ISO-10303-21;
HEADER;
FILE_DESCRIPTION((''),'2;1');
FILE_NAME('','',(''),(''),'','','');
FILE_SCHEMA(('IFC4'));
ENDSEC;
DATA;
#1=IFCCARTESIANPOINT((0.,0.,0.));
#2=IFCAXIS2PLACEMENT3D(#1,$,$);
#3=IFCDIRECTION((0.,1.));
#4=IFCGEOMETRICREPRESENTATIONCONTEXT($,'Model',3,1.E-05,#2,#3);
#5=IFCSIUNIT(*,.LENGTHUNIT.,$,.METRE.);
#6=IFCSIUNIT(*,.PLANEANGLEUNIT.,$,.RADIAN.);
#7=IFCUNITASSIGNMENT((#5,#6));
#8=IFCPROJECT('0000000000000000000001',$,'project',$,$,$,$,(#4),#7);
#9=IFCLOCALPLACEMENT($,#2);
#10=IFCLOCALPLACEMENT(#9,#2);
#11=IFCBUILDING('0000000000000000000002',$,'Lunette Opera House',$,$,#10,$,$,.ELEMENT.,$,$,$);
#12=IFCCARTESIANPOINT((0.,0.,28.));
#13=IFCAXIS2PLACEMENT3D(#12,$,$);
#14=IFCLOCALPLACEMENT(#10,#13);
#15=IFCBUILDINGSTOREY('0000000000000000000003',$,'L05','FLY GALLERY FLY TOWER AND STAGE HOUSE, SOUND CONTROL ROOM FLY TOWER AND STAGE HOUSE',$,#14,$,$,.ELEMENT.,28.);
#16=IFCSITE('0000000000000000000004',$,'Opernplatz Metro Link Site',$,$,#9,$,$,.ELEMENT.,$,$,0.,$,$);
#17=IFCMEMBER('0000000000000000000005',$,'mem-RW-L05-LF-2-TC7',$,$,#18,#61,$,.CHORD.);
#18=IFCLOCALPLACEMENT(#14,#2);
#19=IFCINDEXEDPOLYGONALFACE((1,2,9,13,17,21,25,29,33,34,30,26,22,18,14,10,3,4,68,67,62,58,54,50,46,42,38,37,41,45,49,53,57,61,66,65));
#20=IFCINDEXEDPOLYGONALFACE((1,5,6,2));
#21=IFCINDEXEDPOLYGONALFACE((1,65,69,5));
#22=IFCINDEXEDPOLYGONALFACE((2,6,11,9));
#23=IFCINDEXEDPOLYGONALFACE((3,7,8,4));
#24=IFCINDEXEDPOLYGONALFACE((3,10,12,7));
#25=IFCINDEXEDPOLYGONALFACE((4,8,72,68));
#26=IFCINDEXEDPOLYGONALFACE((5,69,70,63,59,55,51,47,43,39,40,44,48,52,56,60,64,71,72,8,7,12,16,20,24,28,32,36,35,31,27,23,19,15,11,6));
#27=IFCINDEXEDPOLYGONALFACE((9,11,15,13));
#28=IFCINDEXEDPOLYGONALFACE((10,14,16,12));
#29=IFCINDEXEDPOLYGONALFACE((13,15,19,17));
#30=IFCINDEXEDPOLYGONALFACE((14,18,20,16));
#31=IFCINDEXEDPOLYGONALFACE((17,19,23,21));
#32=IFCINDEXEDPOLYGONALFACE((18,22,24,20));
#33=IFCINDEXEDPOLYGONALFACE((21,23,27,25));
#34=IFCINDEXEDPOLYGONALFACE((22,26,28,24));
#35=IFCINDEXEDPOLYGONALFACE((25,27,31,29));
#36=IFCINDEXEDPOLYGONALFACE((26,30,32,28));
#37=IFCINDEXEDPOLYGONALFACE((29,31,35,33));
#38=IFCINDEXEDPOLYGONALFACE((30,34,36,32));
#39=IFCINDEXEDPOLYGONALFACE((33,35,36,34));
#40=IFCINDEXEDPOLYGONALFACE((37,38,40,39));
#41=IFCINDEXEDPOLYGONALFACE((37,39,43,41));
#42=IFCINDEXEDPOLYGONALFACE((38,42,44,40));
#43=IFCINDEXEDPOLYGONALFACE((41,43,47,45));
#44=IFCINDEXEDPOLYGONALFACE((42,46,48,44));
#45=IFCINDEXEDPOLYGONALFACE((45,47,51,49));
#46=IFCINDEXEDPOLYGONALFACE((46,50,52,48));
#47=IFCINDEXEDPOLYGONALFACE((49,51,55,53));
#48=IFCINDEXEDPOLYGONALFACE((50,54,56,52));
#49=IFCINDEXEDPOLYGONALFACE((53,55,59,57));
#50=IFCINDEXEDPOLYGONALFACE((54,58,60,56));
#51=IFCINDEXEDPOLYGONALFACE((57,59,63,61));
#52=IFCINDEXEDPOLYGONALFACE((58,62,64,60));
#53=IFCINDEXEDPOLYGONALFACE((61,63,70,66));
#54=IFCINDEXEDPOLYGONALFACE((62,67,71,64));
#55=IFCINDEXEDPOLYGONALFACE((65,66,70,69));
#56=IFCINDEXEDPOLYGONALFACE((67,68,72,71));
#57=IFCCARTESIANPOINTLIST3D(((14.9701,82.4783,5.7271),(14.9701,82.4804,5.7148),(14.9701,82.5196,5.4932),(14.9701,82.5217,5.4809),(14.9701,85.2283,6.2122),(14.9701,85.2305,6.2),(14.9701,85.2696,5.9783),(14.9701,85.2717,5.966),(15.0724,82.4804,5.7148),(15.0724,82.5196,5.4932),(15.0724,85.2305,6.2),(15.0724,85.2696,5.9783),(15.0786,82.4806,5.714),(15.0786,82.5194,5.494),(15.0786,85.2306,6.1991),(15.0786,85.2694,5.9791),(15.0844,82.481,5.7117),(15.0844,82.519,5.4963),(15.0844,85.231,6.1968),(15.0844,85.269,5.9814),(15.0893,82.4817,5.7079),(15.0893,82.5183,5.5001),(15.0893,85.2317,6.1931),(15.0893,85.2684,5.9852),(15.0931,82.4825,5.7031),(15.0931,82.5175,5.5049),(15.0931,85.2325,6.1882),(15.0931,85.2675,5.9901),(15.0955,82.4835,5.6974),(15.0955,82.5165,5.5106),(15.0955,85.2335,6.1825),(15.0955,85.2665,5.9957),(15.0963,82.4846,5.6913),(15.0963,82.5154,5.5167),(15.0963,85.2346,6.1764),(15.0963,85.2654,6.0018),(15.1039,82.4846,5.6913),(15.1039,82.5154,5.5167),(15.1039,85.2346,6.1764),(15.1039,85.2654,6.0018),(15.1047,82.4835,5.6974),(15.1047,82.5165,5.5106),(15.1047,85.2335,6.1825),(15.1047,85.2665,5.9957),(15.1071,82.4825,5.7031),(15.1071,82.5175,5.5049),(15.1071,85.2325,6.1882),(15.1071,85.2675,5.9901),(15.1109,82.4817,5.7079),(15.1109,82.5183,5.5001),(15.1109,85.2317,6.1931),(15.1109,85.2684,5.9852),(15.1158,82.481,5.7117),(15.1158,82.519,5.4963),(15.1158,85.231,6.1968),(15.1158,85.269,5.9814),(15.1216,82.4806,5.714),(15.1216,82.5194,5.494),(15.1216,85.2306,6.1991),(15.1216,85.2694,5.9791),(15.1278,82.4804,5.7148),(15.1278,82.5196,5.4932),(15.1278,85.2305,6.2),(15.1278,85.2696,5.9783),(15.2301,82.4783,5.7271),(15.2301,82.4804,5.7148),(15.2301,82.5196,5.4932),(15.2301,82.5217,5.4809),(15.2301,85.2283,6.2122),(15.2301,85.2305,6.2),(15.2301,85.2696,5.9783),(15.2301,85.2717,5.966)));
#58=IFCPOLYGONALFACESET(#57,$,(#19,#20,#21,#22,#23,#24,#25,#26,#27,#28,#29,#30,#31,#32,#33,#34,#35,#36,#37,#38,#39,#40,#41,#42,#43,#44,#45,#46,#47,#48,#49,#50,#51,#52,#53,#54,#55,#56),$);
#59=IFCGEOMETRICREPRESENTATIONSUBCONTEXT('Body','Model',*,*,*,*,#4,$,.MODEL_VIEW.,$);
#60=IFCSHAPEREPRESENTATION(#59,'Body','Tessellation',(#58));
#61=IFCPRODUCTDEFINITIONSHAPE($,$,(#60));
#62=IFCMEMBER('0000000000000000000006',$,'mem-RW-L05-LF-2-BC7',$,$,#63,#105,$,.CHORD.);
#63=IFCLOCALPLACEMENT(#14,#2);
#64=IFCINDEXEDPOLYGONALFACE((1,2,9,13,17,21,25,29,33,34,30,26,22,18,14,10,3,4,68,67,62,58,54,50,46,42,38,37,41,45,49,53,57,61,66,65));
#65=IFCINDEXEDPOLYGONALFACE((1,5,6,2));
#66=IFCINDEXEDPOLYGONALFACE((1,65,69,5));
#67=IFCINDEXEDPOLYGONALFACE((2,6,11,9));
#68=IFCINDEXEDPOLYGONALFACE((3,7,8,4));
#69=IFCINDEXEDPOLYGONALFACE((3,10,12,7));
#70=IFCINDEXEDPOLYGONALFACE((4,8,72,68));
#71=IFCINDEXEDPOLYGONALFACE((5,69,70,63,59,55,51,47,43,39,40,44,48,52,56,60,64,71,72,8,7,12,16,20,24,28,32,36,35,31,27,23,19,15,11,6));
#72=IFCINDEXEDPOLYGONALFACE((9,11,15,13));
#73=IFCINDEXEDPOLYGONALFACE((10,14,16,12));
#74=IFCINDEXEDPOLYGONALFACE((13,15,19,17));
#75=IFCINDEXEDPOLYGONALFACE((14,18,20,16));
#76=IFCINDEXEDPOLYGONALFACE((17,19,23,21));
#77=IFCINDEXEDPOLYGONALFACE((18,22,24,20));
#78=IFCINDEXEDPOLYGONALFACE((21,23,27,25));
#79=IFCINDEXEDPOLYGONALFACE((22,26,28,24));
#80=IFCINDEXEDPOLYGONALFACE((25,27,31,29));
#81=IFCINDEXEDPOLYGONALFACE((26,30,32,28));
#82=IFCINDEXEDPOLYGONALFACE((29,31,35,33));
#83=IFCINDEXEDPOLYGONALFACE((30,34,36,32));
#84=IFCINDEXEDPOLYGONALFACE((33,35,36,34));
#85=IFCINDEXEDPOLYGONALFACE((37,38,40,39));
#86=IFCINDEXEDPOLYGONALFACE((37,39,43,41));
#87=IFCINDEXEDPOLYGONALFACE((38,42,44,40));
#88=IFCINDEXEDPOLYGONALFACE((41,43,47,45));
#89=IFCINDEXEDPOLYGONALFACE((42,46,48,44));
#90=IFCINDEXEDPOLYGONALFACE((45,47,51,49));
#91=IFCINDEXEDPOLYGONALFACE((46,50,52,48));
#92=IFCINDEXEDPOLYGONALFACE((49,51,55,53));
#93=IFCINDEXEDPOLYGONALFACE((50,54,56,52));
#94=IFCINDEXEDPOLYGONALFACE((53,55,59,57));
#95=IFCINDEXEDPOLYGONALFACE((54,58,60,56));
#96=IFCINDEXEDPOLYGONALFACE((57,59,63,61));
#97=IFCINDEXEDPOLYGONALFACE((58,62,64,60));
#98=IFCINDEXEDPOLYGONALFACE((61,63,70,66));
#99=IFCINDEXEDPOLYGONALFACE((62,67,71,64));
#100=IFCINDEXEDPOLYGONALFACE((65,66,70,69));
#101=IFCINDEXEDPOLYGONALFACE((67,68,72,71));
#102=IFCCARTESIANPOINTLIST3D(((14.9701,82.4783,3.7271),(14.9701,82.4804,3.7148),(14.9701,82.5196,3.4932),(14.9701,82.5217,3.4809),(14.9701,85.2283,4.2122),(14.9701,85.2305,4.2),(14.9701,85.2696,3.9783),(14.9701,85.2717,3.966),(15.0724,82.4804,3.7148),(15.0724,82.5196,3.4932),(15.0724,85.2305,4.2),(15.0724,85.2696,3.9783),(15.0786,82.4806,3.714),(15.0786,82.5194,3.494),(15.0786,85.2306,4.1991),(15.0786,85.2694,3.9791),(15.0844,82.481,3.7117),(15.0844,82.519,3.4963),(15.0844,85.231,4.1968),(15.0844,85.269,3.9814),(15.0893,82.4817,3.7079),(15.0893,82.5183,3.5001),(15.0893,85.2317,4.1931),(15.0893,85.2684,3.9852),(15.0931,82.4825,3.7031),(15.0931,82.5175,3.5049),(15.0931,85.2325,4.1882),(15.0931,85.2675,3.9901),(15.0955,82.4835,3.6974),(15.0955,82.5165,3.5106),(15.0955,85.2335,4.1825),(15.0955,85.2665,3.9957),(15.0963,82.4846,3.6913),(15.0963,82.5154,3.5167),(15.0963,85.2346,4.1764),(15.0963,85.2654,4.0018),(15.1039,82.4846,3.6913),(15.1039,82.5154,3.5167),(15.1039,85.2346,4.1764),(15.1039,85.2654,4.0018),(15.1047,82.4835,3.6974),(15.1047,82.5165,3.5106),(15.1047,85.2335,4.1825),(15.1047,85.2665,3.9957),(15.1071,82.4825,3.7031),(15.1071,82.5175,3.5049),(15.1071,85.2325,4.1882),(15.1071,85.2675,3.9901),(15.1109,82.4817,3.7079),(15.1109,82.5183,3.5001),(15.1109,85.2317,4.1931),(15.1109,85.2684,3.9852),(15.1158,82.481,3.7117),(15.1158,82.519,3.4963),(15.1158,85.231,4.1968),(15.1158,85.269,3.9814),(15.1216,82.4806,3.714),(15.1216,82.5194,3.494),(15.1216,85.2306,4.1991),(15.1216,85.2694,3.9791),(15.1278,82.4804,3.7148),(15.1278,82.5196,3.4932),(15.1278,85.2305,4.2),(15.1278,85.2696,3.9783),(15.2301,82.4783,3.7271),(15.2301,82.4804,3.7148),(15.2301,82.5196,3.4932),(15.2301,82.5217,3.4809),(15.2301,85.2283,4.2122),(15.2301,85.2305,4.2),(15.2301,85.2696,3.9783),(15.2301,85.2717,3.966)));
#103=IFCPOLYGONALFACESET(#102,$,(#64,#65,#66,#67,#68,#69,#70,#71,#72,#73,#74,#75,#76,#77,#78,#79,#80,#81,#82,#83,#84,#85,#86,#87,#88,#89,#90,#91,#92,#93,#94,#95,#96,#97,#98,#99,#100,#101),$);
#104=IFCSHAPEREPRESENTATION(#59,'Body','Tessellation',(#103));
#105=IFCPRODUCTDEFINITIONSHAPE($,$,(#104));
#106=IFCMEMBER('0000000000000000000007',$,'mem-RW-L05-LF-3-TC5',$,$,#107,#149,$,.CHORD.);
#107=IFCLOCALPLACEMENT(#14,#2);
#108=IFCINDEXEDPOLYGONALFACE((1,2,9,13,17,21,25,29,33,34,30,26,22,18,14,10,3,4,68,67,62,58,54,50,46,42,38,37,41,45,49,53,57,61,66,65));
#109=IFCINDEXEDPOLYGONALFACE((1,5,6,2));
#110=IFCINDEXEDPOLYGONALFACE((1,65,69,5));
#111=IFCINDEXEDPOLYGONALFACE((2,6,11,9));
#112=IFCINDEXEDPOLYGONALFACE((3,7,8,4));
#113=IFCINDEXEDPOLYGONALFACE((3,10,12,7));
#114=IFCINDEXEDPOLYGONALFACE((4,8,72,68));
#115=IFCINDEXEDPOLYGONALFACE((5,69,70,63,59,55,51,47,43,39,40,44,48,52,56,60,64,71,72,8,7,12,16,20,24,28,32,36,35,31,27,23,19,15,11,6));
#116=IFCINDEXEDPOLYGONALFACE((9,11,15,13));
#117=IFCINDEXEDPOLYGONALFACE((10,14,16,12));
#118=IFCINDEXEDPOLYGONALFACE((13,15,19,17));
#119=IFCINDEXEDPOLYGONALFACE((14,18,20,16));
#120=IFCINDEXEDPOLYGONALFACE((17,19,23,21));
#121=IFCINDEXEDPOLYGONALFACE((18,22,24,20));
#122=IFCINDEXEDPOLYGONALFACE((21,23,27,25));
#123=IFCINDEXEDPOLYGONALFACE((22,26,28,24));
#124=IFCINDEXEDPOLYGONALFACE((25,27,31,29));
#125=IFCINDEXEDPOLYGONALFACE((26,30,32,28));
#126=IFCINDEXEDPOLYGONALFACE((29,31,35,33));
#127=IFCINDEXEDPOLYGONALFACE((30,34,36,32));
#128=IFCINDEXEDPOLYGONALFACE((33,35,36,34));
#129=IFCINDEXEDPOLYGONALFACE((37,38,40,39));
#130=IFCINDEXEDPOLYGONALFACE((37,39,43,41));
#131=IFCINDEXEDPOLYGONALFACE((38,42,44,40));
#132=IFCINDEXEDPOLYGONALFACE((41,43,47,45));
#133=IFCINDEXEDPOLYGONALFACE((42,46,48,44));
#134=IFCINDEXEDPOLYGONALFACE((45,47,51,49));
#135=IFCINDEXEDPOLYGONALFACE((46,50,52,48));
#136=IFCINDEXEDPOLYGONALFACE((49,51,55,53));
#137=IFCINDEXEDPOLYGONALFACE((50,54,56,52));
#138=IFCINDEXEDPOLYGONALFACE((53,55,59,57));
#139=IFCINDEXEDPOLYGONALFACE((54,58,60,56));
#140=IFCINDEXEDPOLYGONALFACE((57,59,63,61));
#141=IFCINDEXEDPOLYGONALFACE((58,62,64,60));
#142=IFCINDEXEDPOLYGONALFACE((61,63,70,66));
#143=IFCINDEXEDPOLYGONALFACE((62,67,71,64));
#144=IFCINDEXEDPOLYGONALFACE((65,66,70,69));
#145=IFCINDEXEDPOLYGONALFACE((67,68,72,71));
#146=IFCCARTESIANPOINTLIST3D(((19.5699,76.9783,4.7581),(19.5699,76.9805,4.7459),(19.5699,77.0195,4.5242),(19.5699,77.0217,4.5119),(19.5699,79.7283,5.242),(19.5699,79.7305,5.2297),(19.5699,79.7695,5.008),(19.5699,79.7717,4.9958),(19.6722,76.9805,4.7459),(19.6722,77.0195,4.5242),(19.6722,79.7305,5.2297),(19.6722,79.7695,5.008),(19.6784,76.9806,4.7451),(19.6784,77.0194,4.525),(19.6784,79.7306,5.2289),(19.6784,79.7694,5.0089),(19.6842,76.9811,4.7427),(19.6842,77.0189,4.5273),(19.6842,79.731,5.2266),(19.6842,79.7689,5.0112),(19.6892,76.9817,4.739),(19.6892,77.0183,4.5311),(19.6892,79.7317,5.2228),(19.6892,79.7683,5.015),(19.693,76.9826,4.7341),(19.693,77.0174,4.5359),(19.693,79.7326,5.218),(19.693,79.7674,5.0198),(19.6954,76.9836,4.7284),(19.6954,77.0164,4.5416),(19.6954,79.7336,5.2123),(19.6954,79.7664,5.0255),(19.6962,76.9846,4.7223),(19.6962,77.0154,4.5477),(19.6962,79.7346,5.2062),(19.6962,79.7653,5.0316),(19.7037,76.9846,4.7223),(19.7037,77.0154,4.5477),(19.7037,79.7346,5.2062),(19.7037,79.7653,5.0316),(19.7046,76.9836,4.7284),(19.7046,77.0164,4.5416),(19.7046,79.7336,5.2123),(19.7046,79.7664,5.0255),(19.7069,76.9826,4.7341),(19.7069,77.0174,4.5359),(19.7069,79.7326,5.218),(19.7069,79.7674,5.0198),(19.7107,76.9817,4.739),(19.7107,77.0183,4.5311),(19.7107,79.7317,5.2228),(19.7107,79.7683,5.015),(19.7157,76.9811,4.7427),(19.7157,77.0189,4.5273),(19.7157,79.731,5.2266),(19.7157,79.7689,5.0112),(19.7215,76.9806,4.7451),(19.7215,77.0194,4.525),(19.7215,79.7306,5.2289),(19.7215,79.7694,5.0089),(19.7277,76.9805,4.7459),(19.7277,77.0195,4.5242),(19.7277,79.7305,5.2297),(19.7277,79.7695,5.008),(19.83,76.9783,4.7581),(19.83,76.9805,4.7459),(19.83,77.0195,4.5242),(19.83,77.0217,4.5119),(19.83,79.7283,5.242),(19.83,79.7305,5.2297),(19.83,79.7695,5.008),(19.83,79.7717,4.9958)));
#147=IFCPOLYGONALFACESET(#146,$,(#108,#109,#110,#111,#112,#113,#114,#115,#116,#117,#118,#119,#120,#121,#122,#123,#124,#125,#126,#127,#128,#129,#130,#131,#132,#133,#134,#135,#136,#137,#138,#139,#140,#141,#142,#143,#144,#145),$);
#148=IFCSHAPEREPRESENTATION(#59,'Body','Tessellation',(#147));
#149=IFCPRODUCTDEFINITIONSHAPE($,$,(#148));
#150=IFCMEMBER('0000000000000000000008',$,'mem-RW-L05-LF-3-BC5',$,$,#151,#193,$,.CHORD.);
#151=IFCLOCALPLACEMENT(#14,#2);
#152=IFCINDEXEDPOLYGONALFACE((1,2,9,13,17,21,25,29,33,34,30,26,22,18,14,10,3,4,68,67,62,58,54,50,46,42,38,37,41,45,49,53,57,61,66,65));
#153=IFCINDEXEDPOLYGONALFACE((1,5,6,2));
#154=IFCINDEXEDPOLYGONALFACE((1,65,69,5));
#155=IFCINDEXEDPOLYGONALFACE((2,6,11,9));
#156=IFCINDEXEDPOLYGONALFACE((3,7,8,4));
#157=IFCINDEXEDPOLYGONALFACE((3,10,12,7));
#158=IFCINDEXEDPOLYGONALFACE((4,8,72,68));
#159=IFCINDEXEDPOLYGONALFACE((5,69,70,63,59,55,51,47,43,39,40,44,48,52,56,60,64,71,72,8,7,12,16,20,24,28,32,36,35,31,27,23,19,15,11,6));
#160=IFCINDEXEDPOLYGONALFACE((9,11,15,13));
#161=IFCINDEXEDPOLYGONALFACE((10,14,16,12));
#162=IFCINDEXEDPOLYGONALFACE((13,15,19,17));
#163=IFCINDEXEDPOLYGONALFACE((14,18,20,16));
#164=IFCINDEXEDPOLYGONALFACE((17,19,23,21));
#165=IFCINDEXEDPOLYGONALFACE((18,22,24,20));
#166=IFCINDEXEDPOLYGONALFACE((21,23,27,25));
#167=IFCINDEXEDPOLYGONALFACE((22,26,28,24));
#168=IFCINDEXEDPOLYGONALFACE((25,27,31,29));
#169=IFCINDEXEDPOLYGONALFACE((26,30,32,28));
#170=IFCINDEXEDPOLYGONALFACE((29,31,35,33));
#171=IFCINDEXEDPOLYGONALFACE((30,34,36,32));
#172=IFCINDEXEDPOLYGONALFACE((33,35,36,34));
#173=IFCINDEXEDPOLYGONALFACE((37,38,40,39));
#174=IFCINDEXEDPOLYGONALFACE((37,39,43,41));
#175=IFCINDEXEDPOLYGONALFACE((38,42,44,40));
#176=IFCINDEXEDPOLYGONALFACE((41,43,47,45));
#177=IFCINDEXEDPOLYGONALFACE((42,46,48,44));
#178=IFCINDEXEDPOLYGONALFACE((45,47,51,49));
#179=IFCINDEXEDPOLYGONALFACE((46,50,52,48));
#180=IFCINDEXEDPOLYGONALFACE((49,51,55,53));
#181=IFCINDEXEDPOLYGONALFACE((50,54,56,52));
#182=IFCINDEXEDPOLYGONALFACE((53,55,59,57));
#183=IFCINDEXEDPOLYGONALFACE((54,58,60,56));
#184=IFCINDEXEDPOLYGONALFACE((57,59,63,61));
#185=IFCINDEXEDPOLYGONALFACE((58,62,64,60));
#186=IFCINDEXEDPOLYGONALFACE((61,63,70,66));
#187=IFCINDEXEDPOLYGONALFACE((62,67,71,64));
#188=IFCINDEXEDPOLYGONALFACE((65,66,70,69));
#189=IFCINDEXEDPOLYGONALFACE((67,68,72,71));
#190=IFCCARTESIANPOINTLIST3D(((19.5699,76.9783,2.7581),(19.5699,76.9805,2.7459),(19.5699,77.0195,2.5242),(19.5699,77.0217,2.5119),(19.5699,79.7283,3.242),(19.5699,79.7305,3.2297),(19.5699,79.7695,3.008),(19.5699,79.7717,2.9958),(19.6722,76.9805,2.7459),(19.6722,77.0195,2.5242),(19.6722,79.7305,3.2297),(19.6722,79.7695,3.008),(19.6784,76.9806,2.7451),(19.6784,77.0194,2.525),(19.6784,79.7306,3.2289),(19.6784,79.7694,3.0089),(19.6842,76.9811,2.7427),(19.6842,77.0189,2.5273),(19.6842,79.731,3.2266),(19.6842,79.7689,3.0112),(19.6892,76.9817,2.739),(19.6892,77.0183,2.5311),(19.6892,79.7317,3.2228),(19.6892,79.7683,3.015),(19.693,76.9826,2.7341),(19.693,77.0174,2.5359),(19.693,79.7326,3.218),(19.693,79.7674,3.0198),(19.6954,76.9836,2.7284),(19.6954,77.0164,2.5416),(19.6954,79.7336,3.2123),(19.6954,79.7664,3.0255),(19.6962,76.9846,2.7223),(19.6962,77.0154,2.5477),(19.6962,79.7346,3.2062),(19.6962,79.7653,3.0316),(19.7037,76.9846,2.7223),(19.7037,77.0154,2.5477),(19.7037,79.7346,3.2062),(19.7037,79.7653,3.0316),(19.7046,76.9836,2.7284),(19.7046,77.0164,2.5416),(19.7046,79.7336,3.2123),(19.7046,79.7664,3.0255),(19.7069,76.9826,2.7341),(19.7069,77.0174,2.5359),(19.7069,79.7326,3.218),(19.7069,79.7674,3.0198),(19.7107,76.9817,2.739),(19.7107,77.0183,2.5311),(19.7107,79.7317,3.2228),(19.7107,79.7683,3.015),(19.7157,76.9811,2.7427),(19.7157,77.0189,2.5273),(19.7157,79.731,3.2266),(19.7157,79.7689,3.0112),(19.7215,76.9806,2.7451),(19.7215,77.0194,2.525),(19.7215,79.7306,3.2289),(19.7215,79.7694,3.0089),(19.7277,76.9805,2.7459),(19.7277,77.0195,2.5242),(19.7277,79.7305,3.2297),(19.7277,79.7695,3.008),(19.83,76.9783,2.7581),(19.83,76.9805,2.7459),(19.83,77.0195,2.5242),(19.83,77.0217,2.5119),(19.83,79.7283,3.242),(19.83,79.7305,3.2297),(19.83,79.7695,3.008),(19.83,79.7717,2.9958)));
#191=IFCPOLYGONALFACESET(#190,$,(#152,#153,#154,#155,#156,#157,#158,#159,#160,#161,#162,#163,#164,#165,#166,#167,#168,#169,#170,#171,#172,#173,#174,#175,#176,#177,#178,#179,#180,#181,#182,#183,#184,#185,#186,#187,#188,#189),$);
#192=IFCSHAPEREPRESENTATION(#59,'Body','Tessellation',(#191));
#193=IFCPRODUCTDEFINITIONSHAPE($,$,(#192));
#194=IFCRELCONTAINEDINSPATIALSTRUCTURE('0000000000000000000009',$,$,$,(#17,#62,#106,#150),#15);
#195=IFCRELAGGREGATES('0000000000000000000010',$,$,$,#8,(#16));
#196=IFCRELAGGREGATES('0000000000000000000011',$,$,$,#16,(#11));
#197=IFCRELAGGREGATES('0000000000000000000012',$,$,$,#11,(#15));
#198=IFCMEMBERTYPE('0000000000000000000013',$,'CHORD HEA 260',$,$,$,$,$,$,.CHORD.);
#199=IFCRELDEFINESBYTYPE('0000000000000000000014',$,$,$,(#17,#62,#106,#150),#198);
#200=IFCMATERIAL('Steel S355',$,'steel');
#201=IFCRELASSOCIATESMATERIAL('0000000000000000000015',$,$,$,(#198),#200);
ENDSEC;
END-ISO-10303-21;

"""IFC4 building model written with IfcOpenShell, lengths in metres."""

from ifc_helpers import new_model, si_unit, direction, frame, origin, origin_2d, place, context, subcontext, project, spatial, i_section, extrude, material, material_profile, profile_set, type_object, element, save


model = new_model("IFC4")

# Units and contexts
model_context = context("Model", 3, precision=1e-05, world=origin(), true_north=direction((0.0, 1.0)))
body_context = subcontext(model_context, "Body", "Model", "MODEL_VIEW")
ifc_project = project(units=[si_unit("LENGTHUNIT", "METRE"), si_unit("PLANEANGLEUNIT", "RADIAN")], contexts=[model_context])

# Site, building, storey
site_placement = place(None, origin())
site = spatial("IfcSite", under=ifc_project, at=site_placement, Name="Opernplatz Metro Link Site", CompositionType="ELEMENT", RefElevation=0.0)
building_placement = place(site_placement, origin())
building = spatial("IfcBuilding", under=site, at=building_placement, Name="Lunette Opera House", CompositionType="ELEMENT")
storey_placement = place(building_placement, frame((0.0, 0.0, 28.0)))
storey = spatial("IfcBuildingStorey", under=building, at=storey_placement, Name="L05", Description="FLY GALLERY FLY TOWER AND STAGE HOUSE, SOUND CONTROL ROOM FLY TOWER AND STAGE HOUSE", CompositionType="ELEMENT", Elevation=28.0)

# Members
ifc_material_1 = material(Name="Steel S355", Category="steel")
ifc_material_profile_1 = material_profile(ifc_material_1, i_section(OverallWidth=0.26, OverallDepth=0.25, WebThickness=0.0076, FlangeThickness=0.0125, FilletRadius=0.0239, at=origin_2d()), Name="HEA 260")
ifc_profile_set_1 = profile_set([ifc_material_profile_1], Name="Steel S355")
member_type_1 = type_object("IfcMemberType", Name="CHORD HEA 260", PredefinedType="CHORD", material=ifc_profile_set_1)
for number, where, z_axis, x_axis, name in (
    (1, (15.1001, 82.5, 5.604), (0.0, 0.984795, 0.17372), (-1.0, 0.0, 0.0), "mem-RW-L05-LF-2-TC7"),
    (2, (15.1001, 82.5, 3.604), (0.0, 0.984795, 0.17372), (-1.0, 0.0, 0.0), "mem-RW-L05-LF-2-BC7"),
):
    element("IfcMember", number, at=place(storey_placement, frame(where, z_axis=z_axis, x_axis=x_axis)), inside=storey, type_object=member_type_1, Name=name, PredefinedType="CHORD", context=body_context, shape_type="SweptSolid", body=[
        extrude(i_section(OverallWidth=0.26, OverallDepth=0.25, WebThickness=0.0076, FlangeThickness=0.0125, FilletRadius=0.0239, at=origin_2d()), origin(), (0.0, 0.0, 1.0), 2.7925),
    ])
for number, where, z_axis, x_axis, name in (
    (3, (19.7, 77.0, 4.635), (0.0, 0.98487, 0.173296), (-1.0, 0.0, 0.0), "mem-RW-L05-LF-3-TC5"),
    (4, (19.7, 77.0, 2.635), (0.0, 0.98487, 0.173296), (-1.0, 0.0, 0.0), "mem-RW-L05-LF-3-BC5"),
):
    element("IfcMember", number, at=place(storey_placement, frame(where, z_axis=z_axis, x_axis=x_axis)), inside=storey, type_object=member_type_1, Name=name, PredefinedType="CHORD", context=body_context, shape_type="SweptSolid", body=[
        extrude(i_section(OverallWidth=0.26, OverallDepth=0.25, WebThickness=0.0076, FlangeThickness=0.0125, FilletRadius=0.0239, at=origin_2d()), origin(), (0.0, 0.0, 1.0), 2.7922),
    ])

save(model, "model.ifc")
